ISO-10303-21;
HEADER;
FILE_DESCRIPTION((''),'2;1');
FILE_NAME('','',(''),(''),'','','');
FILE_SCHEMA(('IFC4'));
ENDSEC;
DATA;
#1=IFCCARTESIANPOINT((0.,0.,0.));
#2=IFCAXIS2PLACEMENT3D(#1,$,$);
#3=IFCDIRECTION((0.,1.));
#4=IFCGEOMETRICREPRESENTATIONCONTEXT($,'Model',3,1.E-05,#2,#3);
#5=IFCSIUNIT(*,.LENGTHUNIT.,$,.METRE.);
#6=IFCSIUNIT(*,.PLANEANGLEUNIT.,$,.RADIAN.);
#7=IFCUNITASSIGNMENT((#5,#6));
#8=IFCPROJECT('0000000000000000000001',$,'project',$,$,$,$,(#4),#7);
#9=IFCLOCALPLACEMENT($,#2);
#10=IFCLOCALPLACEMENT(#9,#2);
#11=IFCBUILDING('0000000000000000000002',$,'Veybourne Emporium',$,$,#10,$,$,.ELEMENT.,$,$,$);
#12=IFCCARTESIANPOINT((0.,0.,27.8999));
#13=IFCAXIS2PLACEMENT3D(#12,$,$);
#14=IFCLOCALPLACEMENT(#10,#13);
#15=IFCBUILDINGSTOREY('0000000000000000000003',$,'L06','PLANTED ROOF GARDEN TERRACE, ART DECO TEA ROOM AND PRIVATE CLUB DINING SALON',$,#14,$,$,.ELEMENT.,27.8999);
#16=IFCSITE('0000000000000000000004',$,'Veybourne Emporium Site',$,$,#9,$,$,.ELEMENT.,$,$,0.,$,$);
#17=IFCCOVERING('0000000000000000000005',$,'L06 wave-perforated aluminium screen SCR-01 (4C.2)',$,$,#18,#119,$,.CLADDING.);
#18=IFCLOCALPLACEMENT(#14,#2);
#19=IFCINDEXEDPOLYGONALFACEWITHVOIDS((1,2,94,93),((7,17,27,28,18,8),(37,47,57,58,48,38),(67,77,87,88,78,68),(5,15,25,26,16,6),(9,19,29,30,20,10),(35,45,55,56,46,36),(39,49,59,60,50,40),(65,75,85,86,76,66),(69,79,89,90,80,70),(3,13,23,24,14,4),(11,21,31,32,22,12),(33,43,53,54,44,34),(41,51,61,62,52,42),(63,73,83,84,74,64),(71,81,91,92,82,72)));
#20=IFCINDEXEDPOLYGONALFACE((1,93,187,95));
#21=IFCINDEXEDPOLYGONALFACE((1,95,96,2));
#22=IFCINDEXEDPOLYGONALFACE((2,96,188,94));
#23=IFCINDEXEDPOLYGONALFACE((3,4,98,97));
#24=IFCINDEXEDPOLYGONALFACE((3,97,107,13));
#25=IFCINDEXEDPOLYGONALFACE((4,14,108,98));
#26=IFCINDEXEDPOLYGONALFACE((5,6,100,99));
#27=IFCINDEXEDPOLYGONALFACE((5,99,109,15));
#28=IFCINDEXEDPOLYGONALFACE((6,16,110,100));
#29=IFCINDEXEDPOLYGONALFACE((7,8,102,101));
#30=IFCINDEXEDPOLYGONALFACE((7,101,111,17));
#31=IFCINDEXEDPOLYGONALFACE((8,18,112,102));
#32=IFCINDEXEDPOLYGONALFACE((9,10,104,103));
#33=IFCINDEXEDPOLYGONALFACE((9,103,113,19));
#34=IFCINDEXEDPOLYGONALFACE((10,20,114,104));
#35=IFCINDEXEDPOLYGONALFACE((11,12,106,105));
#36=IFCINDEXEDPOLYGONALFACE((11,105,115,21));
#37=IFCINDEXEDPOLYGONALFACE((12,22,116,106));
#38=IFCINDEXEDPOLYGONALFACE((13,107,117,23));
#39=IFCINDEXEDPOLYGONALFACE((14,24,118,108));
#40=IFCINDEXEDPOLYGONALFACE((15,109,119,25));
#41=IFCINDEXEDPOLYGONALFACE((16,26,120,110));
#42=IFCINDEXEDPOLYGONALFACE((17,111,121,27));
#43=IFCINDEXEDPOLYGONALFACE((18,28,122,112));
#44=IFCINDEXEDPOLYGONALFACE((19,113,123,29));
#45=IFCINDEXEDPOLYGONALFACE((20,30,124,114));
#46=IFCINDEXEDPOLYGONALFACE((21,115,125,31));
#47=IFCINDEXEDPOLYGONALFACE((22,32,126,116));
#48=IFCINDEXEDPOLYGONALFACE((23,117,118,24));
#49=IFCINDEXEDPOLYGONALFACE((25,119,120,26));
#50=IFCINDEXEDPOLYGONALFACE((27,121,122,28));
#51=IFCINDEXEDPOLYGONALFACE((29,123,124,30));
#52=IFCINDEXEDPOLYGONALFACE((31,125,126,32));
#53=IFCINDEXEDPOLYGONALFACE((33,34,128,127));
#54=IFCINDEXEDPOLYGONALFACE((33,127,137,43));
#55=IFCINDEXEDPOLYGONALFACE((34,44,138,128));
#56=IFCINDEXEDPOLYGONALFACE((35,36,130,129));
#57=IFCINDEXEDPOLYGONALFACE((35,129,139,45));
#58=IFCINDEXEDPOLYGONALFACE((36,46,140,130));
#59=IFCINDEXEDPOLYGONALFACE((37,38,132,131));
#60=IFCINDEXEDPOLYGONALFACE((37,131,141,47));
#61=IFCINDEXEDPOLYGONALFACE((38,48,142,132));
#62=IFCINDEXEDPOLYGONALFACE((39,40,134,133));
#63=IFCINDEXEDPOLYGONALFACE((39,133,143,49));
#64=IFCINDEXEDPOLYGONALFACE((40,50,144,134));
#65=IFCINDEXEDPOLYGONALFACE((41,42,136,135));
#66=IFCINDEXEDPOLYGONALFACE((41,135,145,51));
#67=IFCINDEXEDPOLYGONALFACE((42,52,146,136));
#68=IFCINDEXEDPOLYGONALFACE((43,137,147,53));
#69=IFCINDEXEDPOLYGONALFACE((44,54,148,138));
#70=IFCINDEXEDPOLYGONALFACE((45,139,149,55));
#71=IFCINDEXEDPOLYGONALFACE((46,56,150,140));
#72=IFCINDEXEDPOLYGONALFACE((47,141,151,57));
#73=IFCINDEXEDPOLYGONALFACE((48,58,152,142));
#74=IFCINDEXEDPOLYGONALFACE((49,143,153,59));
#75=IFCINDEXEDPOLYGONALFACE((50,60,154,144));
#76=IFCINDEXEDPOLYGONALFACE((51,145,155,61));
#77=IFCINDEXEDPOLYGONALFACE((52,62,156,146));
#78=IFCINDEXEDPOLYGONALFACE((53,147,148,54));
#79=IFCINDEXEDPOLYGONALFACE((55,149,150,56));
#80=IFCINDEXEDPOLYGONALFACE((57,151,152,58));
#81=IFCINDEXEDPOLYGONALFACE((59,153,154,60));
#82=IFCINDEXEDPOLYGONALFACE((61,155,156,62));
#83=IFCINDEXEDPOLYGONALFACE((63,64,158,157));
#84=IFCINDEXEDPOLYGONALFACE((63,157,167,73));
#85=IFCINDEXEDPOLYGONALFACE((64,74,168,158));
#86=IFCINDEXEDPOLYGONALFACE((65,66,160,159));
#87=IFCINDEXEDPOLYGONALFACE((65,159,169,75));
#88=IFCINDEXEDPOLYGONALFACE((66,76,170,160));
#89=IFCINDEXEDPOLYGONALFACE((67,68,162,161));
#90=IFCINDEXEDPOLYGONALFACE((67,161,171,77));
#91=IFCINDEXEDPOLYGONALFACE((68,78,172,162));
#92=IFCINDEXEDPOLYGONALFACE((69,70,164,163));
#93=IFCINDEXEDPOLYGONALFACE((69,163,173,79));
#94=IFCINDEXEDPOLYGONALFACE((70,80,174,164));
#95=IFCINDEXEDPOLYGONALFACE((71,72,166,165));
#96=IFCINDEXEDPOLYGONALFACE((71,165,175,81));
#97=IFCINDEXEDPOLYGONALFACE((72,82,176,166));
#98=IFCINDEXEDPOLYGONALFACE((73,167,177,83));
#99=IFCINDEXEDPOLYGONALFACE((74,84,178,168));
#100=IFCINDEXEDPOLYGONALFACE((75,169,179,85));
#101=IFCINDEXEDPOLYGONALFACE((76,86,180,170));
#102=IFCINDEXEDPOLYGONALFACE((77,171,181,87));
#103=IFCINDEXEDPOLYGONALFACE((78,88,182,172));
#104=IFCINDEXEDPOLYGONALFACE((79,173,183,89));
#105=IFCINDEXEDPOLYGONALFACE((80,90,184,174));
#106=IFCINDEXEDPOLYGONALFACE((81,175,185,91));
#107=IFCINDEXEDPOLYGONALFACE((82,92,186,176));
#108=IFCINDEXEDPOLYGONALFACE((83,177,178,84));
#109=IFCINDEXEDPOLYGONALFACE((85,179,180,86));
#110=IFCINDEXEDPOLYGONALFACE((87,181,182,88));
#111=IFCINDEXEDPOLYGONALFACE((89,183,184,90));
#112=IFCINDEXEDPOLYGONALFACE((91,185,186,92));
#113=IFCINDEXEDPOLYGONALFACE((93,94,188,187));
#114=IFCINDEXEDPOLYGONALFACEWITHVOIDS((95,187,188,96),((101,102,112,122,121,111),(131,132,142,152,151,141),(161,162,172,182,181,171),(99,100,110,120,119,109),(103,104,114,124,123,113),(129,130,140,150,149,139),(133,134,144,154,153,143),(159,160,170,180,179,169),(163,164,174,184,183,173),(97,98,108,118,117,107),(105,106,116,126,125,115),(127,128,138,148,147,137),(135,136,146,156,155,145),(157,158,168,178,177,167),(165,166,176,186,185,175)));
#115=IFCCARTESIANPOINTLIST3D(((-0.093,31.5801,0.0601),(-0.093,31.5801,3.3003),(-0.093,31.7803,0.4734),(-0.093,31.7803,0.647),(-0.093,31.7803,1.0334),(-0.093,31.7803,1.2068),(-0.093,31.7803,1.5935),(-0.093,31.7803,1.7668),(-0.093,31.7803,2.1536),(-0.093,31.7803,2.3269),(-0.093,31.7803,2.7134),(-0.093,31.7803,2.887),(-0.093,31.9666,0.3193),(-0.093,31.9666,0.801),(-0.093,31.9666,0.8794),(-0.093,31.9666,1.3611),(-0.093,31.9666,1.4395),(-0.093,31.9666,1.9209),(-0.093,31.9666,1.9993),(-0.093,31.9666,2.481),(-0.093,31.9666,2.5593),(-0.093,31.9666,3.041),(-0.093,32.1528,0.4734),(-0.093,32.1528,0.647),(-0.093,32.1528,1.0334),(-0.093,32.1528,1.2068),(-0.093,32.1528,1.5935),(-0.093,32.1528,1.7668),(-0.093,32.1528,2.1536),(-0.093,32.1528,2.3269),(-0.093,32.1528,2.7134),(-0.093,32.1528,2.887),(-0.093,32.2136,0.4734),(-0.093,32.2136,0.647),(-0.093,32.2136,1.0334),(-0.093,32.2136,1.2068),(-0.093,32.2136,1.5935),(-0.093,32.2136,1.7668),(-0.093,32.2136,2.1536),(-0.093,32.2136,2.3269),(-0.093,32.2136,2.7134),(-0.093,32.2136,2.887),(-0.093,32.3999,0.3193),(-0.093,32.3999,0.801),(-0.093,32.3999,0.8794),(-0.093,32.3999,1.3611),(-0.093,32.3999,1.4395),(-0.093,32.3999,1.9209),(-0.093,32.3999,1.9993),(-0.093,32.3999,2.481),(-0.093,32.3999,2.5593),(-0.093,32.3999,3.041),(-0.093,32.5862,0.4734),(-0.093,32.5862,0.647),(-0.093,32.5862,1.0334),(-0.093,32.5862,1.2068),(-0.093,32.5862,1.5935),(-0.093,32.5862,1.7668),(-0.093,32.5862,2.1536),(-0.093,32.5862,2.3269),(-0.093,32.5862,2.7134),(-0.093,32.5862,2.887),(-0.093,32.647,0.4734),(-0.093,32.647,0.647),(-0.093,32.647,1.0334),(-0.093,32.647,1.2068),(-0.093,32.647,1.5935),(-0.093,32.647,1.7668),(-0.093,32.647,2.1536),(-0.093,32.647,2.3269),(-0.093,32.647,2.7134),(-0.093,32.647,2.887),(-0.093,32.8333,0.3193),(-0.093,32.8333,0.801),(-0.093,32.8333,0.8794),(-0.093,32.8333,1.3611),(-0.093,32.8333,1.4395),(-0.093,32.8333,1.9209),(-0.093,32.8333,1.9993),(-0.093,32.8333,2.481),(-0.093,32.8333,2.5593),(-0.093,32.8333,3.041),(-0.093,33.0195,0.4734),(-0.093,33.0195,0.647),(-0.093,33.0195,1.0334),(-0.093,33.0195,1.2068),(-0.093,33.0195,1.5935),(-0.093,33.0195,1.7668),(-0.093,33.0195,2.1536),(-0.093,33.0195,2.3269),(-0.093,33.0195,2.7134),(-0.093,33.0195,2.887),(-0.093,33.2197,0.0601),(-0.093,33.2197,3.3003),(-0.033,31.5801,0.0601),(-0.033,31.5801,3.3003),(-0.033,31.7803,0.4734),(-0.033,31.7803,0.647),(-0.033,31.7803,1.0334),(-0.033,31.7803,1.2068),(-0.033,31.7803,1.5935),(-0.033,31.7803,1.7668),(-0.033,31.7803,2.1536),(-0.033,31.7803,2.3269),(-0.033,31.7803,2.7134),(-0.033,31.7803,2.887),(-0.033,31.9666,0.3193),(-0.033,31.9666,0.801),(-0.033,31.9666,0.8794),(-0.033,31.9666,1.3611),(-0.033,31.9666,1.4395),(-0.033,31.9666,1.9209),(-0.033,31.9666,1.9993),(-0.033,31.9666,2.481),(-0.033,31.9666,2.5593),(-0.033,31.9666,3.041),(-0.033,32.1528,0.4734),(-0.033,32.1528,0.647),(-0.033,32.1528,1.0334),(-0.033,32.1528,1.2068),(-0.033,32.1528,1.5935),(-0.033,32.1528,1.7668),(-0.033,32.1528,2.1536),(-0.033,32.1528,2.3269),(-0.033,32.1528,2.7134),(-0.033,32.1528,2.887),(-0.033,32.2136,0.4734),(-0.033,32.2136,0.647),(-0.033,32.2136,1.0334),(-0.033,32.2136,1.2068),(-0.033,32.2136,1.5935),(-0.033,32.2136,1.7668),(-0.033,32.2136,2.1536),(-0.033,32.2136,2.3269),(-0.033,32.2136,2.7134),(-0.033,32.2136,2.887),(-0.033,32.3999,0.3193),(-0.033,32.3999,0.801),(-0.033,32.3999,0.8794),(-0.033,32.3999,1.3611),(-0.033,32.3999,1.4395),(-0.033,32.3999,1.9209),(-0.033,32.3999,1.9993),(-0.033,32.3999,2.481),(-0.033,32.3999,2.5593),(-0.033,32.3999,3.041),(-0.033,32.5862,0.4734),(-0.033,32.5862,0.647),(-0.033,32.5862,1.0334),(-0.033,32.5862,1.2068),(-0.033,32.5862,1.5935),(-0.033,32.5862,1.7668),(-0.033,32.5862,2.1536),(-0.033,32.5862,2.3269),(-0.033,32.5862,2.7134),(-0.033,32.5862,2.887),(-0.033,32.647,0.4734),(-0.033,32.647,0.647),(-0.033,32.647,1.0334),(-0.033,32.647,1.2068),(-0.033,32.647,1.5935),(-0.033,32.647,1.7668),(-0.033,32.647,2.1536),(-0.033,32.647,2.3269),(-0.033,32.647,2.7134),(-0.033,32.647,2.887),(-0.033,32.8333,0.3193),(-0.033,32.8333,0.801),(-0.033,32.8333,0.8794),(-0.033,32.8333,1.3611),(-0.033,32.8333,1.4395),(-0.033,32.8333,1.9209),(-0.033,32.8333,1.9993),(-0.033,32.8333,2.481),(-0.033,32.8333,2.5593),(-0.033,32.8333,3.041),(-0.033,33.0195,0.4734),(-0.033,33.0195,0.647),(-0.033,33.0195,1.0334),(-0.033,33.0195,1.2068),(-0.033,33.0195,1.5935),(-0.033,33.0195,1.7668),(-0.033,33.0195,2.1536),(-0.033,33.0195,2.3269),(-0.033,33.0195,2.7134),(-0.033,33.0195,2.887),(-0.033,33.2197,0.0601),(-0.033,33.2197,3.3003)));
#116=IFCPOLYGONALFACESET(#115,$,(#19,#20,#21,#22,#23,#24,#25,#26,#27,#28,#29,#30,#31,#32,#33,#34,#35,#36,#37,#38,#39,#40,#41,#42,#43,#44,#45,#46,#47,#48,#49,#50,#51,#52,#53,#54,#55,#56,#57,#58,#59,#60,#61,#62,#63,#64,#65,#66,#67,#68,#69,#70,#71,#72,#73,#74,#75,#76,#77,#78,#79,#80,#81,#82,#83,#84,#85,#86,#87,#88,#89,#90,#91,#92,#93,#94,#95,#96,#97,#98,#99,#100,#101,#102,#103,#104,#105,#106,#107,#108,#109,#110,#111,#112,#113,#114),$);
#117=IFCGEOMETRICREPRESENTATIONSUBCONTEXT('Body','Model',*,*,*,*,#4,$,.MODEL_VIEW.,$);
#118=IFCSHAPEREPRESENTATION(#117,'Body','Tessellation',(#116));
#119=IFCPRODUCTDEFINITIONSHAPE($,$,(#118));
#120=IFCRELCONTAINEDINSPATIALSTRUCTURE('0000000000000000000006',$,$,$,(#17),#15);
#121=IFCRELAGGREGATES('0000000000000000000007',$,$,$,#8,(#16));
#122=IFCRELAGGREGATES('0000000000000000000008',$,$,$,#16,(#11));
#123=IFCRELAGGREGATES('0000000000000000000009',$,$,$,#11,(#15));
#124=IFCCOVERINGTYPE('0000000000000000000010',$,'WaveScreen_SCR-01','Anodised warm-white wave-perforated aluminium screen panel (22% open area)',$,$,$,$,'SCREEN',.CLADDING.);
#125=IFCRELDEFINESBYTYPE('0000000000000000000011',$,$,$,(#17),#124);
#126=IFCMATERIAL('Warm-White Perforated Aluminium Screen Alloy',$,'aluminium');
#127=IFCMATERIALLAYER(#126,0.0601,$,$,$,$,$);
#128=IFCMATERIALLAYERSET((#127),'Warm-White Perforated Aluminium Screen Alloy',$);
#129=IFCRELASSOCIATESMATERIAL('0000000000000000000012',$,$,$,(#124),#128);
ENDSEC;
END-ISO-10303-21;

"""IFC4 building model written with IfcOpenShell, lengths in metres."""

from ifc_helpers import new_model, si_unit, direction, frame, origin, place, context, subcontext, project, spatial, polyline, outline, extrude, material, layer, layer_set, type_object, element, save


model = new_model("IFC4")

# Units and contexts
model_context = context("Model", 3, precision=1e-05, world=origin(), true_north=direction((0.0, 1.0)))
body_context = subcontext(model_context, "Body", "Model", "MODEL_VIEW")
ifc_project = project(units=[si_unit("LENGTHUNIT", "METRE"), si_unit("PLANEANGLEUNIT", "RADIAN")], contexts=[model_context])

# Site, building, storey
site_placement = place(None, origin())
site = spatial("IfcSite", under=ifc_project, at=site_placement, Name="Veybourne Emporium Site", CompositionType="ELEMENT", RefElevation=0.0)
building_placement = place(site_placement, origin())
building = spatial("IfcBuilding", under=site, at=building_placement, Name="Veybourne Emporium", CompositionType="ELEMENT")
storey_placement = place(building_placement, frame((0.0, 0.0, 27.8999)))
storey = spatial("IfcBuildingStorey", under=building, at=storey_placement, Name="L06", Description="PLANTED ROOF GARDEN TERRACE, ART DECO TEA ROOM AND PRIVATE CLUB DINING SALON", CompositionType="ELEMENT", Elevation=27.8999)

# Covering
ifc_material_1 = material(Name="Warm-White Perforated Aluminium Screen Alloy", Category="aluminium")
ifc_layer_1 = layer(ifc_material_1, 0.0601)
ifc_layer_set_1 = layer_set([ifc_layer_1], Name="Warm-White Perforated Aluminium Screen Alloy")
covering_type_1 = type_object("IfcCoveringType", Name="WaveScreen_SCR-01", Description="Anodised warm-white wave-perforated aluminium screen panel (22% open area)", ElementType="SCREEN", PredefinedType="CLADDING", material=ifc_layer_set_1)
covering_1_placement = place(storey_placement, frame((-0.093, 32.3999, 1.6802), z_axis=(1.0, 0.0, 0.0), x_axis=(0.0, 1.0, 0.0)))
element("IfcCovering", 1, at=covering_1_placement, inside=storey, type_object=covering_type_1, Name="L06 wave-perforated aluminium screen SCR-01 (4C.2)", PredefinedType="CLADDING", context=body_context, shape_type="SweptSolid", body=[
    extrude(outline(polyline([(-0.8198, -1.6201), (0.8198, -1.6201), (0.8198, 1.6201), (-0.8198, 1.6201), (-0.8198, -1.6201)]), holes=[polyline([(-0.4333, -0.8792), (-0.2471, -1.0332), (-0.2471, -1.2068), (-0.4333, -1.3608), (-0.6196, -1.2068), (-0.6196, -1.0332), (-0.4333, -0.8792)]), polyline([(-0.4333, -0.3191), (-0.2471, -0.4734), (-0.2471, -0.6467), (-0.4333, -0.8008), (-0.6196, -0.6467), (-0.6196, -0.4734), (-0.4333, -0.3191)]), polyline([(-0.4333, 0.2407), (-0.2471, 0.0867), (-0.2471, -0.0867), (-0.4333, -0.2407), (-0.6196, -0.0867), (-0.6196, 0.0867), (-0.4333, 0.2407)]), polyline([(-0.4333, 0.8008), (-0.2471, 0.6467), (-0.2471, 0.4734), (-0.4333, 0.3191), (-0.6196, 0.4734), (-0.6196, 0.6467), (-0.4333, 0.8008)]), polyline([(-0.4333, 1.3608), (-0.2471, 1.2068), (-0.2471, 1.0332), (-0.4333, 0.8792), (-0.6196, 1.0332), (-0.6196, 1.2068), (-0.4333, 1.3608)]), polyline([(0.0, -0.8792), (0.1863, -1.0332), (0.1863, -1.2068), (0.0, -1.3608), (-0.1863, -1.2068), (-0.1863, -1.0332), (0.0, -0.8792)]), polyline([(0.0, -0.3191), (0.1863, -0.4734), (0.1863, -0.6467), (0.0, -0.8008), (-0.1863, -0.6467), (-0.1863, -0.4734), (0.0, -0.3191)]), polyline([(0.0, 0.2407), (0.1863, 0.0867), (0.1863, -0.0867), (0.0, -0.2407), (-0.1863, -0.0867), (-0.1863, 0.0867), (0.0, 0.2407)]), polyline([(0.0, 0.8008), (0.1863, 0.6467), (0.1863, 0.4734), (0.0, 0.3191), (-0.1863, 0.4734), (-0.1863, 0.6467), (0.0, 0.8008)]), polyline([(0.0, 1.3608), (0.1863, 1.2068), (0.1863, 1.0332), (0.0, 0.8792), (-0.1863, 1.0332), (-0.1863, 1.2068), (0.0, 1.3608)]), polyline([(0.4333, -0.8792), (0.6196, -1.0332), (0.6196, -1.2068), (0.4333, -1.3608), (0.2471, -1.2068), (0.2471, -1.0332), (0.4333, -0.8792)]), polyline([(0.4333, -0.3191), (0.6196, -0.4734), (0.6196, -0.6467), (0.4333, -0.8008), (0.2471, -0.6467), (0.2471, -0.4734), (0.4333, -0.3191)]), polyline([(0.4333, 0.2407), (0.6196, 0.0867), (0.6196, -0.0867), (0.4333, -0.2407), (0.2471, -0.0867), (0.2471, 0.0867), (0.4333, 0.2407)]), polyline([(0.4333, 0.8008), (0.6196, 0.6467), (0.6196, 0.4734), (0.4333, 0.3191), (0.2471, 0.4734), (0.2471, 0.6467), (0.4333, 0.8008)]), polyline([(0.4333, 1.3608), (0.6196, 1.2068), (0.6196, 1.0332), (0.4333, 0.8792), (0.2471, 1.0332), (0.2471, 1.2068), (0.4333, 1.3608)])]), origin(), (0.0, 0.0, 1.0), 0.0601),
])

save(model, "model.ifc")
